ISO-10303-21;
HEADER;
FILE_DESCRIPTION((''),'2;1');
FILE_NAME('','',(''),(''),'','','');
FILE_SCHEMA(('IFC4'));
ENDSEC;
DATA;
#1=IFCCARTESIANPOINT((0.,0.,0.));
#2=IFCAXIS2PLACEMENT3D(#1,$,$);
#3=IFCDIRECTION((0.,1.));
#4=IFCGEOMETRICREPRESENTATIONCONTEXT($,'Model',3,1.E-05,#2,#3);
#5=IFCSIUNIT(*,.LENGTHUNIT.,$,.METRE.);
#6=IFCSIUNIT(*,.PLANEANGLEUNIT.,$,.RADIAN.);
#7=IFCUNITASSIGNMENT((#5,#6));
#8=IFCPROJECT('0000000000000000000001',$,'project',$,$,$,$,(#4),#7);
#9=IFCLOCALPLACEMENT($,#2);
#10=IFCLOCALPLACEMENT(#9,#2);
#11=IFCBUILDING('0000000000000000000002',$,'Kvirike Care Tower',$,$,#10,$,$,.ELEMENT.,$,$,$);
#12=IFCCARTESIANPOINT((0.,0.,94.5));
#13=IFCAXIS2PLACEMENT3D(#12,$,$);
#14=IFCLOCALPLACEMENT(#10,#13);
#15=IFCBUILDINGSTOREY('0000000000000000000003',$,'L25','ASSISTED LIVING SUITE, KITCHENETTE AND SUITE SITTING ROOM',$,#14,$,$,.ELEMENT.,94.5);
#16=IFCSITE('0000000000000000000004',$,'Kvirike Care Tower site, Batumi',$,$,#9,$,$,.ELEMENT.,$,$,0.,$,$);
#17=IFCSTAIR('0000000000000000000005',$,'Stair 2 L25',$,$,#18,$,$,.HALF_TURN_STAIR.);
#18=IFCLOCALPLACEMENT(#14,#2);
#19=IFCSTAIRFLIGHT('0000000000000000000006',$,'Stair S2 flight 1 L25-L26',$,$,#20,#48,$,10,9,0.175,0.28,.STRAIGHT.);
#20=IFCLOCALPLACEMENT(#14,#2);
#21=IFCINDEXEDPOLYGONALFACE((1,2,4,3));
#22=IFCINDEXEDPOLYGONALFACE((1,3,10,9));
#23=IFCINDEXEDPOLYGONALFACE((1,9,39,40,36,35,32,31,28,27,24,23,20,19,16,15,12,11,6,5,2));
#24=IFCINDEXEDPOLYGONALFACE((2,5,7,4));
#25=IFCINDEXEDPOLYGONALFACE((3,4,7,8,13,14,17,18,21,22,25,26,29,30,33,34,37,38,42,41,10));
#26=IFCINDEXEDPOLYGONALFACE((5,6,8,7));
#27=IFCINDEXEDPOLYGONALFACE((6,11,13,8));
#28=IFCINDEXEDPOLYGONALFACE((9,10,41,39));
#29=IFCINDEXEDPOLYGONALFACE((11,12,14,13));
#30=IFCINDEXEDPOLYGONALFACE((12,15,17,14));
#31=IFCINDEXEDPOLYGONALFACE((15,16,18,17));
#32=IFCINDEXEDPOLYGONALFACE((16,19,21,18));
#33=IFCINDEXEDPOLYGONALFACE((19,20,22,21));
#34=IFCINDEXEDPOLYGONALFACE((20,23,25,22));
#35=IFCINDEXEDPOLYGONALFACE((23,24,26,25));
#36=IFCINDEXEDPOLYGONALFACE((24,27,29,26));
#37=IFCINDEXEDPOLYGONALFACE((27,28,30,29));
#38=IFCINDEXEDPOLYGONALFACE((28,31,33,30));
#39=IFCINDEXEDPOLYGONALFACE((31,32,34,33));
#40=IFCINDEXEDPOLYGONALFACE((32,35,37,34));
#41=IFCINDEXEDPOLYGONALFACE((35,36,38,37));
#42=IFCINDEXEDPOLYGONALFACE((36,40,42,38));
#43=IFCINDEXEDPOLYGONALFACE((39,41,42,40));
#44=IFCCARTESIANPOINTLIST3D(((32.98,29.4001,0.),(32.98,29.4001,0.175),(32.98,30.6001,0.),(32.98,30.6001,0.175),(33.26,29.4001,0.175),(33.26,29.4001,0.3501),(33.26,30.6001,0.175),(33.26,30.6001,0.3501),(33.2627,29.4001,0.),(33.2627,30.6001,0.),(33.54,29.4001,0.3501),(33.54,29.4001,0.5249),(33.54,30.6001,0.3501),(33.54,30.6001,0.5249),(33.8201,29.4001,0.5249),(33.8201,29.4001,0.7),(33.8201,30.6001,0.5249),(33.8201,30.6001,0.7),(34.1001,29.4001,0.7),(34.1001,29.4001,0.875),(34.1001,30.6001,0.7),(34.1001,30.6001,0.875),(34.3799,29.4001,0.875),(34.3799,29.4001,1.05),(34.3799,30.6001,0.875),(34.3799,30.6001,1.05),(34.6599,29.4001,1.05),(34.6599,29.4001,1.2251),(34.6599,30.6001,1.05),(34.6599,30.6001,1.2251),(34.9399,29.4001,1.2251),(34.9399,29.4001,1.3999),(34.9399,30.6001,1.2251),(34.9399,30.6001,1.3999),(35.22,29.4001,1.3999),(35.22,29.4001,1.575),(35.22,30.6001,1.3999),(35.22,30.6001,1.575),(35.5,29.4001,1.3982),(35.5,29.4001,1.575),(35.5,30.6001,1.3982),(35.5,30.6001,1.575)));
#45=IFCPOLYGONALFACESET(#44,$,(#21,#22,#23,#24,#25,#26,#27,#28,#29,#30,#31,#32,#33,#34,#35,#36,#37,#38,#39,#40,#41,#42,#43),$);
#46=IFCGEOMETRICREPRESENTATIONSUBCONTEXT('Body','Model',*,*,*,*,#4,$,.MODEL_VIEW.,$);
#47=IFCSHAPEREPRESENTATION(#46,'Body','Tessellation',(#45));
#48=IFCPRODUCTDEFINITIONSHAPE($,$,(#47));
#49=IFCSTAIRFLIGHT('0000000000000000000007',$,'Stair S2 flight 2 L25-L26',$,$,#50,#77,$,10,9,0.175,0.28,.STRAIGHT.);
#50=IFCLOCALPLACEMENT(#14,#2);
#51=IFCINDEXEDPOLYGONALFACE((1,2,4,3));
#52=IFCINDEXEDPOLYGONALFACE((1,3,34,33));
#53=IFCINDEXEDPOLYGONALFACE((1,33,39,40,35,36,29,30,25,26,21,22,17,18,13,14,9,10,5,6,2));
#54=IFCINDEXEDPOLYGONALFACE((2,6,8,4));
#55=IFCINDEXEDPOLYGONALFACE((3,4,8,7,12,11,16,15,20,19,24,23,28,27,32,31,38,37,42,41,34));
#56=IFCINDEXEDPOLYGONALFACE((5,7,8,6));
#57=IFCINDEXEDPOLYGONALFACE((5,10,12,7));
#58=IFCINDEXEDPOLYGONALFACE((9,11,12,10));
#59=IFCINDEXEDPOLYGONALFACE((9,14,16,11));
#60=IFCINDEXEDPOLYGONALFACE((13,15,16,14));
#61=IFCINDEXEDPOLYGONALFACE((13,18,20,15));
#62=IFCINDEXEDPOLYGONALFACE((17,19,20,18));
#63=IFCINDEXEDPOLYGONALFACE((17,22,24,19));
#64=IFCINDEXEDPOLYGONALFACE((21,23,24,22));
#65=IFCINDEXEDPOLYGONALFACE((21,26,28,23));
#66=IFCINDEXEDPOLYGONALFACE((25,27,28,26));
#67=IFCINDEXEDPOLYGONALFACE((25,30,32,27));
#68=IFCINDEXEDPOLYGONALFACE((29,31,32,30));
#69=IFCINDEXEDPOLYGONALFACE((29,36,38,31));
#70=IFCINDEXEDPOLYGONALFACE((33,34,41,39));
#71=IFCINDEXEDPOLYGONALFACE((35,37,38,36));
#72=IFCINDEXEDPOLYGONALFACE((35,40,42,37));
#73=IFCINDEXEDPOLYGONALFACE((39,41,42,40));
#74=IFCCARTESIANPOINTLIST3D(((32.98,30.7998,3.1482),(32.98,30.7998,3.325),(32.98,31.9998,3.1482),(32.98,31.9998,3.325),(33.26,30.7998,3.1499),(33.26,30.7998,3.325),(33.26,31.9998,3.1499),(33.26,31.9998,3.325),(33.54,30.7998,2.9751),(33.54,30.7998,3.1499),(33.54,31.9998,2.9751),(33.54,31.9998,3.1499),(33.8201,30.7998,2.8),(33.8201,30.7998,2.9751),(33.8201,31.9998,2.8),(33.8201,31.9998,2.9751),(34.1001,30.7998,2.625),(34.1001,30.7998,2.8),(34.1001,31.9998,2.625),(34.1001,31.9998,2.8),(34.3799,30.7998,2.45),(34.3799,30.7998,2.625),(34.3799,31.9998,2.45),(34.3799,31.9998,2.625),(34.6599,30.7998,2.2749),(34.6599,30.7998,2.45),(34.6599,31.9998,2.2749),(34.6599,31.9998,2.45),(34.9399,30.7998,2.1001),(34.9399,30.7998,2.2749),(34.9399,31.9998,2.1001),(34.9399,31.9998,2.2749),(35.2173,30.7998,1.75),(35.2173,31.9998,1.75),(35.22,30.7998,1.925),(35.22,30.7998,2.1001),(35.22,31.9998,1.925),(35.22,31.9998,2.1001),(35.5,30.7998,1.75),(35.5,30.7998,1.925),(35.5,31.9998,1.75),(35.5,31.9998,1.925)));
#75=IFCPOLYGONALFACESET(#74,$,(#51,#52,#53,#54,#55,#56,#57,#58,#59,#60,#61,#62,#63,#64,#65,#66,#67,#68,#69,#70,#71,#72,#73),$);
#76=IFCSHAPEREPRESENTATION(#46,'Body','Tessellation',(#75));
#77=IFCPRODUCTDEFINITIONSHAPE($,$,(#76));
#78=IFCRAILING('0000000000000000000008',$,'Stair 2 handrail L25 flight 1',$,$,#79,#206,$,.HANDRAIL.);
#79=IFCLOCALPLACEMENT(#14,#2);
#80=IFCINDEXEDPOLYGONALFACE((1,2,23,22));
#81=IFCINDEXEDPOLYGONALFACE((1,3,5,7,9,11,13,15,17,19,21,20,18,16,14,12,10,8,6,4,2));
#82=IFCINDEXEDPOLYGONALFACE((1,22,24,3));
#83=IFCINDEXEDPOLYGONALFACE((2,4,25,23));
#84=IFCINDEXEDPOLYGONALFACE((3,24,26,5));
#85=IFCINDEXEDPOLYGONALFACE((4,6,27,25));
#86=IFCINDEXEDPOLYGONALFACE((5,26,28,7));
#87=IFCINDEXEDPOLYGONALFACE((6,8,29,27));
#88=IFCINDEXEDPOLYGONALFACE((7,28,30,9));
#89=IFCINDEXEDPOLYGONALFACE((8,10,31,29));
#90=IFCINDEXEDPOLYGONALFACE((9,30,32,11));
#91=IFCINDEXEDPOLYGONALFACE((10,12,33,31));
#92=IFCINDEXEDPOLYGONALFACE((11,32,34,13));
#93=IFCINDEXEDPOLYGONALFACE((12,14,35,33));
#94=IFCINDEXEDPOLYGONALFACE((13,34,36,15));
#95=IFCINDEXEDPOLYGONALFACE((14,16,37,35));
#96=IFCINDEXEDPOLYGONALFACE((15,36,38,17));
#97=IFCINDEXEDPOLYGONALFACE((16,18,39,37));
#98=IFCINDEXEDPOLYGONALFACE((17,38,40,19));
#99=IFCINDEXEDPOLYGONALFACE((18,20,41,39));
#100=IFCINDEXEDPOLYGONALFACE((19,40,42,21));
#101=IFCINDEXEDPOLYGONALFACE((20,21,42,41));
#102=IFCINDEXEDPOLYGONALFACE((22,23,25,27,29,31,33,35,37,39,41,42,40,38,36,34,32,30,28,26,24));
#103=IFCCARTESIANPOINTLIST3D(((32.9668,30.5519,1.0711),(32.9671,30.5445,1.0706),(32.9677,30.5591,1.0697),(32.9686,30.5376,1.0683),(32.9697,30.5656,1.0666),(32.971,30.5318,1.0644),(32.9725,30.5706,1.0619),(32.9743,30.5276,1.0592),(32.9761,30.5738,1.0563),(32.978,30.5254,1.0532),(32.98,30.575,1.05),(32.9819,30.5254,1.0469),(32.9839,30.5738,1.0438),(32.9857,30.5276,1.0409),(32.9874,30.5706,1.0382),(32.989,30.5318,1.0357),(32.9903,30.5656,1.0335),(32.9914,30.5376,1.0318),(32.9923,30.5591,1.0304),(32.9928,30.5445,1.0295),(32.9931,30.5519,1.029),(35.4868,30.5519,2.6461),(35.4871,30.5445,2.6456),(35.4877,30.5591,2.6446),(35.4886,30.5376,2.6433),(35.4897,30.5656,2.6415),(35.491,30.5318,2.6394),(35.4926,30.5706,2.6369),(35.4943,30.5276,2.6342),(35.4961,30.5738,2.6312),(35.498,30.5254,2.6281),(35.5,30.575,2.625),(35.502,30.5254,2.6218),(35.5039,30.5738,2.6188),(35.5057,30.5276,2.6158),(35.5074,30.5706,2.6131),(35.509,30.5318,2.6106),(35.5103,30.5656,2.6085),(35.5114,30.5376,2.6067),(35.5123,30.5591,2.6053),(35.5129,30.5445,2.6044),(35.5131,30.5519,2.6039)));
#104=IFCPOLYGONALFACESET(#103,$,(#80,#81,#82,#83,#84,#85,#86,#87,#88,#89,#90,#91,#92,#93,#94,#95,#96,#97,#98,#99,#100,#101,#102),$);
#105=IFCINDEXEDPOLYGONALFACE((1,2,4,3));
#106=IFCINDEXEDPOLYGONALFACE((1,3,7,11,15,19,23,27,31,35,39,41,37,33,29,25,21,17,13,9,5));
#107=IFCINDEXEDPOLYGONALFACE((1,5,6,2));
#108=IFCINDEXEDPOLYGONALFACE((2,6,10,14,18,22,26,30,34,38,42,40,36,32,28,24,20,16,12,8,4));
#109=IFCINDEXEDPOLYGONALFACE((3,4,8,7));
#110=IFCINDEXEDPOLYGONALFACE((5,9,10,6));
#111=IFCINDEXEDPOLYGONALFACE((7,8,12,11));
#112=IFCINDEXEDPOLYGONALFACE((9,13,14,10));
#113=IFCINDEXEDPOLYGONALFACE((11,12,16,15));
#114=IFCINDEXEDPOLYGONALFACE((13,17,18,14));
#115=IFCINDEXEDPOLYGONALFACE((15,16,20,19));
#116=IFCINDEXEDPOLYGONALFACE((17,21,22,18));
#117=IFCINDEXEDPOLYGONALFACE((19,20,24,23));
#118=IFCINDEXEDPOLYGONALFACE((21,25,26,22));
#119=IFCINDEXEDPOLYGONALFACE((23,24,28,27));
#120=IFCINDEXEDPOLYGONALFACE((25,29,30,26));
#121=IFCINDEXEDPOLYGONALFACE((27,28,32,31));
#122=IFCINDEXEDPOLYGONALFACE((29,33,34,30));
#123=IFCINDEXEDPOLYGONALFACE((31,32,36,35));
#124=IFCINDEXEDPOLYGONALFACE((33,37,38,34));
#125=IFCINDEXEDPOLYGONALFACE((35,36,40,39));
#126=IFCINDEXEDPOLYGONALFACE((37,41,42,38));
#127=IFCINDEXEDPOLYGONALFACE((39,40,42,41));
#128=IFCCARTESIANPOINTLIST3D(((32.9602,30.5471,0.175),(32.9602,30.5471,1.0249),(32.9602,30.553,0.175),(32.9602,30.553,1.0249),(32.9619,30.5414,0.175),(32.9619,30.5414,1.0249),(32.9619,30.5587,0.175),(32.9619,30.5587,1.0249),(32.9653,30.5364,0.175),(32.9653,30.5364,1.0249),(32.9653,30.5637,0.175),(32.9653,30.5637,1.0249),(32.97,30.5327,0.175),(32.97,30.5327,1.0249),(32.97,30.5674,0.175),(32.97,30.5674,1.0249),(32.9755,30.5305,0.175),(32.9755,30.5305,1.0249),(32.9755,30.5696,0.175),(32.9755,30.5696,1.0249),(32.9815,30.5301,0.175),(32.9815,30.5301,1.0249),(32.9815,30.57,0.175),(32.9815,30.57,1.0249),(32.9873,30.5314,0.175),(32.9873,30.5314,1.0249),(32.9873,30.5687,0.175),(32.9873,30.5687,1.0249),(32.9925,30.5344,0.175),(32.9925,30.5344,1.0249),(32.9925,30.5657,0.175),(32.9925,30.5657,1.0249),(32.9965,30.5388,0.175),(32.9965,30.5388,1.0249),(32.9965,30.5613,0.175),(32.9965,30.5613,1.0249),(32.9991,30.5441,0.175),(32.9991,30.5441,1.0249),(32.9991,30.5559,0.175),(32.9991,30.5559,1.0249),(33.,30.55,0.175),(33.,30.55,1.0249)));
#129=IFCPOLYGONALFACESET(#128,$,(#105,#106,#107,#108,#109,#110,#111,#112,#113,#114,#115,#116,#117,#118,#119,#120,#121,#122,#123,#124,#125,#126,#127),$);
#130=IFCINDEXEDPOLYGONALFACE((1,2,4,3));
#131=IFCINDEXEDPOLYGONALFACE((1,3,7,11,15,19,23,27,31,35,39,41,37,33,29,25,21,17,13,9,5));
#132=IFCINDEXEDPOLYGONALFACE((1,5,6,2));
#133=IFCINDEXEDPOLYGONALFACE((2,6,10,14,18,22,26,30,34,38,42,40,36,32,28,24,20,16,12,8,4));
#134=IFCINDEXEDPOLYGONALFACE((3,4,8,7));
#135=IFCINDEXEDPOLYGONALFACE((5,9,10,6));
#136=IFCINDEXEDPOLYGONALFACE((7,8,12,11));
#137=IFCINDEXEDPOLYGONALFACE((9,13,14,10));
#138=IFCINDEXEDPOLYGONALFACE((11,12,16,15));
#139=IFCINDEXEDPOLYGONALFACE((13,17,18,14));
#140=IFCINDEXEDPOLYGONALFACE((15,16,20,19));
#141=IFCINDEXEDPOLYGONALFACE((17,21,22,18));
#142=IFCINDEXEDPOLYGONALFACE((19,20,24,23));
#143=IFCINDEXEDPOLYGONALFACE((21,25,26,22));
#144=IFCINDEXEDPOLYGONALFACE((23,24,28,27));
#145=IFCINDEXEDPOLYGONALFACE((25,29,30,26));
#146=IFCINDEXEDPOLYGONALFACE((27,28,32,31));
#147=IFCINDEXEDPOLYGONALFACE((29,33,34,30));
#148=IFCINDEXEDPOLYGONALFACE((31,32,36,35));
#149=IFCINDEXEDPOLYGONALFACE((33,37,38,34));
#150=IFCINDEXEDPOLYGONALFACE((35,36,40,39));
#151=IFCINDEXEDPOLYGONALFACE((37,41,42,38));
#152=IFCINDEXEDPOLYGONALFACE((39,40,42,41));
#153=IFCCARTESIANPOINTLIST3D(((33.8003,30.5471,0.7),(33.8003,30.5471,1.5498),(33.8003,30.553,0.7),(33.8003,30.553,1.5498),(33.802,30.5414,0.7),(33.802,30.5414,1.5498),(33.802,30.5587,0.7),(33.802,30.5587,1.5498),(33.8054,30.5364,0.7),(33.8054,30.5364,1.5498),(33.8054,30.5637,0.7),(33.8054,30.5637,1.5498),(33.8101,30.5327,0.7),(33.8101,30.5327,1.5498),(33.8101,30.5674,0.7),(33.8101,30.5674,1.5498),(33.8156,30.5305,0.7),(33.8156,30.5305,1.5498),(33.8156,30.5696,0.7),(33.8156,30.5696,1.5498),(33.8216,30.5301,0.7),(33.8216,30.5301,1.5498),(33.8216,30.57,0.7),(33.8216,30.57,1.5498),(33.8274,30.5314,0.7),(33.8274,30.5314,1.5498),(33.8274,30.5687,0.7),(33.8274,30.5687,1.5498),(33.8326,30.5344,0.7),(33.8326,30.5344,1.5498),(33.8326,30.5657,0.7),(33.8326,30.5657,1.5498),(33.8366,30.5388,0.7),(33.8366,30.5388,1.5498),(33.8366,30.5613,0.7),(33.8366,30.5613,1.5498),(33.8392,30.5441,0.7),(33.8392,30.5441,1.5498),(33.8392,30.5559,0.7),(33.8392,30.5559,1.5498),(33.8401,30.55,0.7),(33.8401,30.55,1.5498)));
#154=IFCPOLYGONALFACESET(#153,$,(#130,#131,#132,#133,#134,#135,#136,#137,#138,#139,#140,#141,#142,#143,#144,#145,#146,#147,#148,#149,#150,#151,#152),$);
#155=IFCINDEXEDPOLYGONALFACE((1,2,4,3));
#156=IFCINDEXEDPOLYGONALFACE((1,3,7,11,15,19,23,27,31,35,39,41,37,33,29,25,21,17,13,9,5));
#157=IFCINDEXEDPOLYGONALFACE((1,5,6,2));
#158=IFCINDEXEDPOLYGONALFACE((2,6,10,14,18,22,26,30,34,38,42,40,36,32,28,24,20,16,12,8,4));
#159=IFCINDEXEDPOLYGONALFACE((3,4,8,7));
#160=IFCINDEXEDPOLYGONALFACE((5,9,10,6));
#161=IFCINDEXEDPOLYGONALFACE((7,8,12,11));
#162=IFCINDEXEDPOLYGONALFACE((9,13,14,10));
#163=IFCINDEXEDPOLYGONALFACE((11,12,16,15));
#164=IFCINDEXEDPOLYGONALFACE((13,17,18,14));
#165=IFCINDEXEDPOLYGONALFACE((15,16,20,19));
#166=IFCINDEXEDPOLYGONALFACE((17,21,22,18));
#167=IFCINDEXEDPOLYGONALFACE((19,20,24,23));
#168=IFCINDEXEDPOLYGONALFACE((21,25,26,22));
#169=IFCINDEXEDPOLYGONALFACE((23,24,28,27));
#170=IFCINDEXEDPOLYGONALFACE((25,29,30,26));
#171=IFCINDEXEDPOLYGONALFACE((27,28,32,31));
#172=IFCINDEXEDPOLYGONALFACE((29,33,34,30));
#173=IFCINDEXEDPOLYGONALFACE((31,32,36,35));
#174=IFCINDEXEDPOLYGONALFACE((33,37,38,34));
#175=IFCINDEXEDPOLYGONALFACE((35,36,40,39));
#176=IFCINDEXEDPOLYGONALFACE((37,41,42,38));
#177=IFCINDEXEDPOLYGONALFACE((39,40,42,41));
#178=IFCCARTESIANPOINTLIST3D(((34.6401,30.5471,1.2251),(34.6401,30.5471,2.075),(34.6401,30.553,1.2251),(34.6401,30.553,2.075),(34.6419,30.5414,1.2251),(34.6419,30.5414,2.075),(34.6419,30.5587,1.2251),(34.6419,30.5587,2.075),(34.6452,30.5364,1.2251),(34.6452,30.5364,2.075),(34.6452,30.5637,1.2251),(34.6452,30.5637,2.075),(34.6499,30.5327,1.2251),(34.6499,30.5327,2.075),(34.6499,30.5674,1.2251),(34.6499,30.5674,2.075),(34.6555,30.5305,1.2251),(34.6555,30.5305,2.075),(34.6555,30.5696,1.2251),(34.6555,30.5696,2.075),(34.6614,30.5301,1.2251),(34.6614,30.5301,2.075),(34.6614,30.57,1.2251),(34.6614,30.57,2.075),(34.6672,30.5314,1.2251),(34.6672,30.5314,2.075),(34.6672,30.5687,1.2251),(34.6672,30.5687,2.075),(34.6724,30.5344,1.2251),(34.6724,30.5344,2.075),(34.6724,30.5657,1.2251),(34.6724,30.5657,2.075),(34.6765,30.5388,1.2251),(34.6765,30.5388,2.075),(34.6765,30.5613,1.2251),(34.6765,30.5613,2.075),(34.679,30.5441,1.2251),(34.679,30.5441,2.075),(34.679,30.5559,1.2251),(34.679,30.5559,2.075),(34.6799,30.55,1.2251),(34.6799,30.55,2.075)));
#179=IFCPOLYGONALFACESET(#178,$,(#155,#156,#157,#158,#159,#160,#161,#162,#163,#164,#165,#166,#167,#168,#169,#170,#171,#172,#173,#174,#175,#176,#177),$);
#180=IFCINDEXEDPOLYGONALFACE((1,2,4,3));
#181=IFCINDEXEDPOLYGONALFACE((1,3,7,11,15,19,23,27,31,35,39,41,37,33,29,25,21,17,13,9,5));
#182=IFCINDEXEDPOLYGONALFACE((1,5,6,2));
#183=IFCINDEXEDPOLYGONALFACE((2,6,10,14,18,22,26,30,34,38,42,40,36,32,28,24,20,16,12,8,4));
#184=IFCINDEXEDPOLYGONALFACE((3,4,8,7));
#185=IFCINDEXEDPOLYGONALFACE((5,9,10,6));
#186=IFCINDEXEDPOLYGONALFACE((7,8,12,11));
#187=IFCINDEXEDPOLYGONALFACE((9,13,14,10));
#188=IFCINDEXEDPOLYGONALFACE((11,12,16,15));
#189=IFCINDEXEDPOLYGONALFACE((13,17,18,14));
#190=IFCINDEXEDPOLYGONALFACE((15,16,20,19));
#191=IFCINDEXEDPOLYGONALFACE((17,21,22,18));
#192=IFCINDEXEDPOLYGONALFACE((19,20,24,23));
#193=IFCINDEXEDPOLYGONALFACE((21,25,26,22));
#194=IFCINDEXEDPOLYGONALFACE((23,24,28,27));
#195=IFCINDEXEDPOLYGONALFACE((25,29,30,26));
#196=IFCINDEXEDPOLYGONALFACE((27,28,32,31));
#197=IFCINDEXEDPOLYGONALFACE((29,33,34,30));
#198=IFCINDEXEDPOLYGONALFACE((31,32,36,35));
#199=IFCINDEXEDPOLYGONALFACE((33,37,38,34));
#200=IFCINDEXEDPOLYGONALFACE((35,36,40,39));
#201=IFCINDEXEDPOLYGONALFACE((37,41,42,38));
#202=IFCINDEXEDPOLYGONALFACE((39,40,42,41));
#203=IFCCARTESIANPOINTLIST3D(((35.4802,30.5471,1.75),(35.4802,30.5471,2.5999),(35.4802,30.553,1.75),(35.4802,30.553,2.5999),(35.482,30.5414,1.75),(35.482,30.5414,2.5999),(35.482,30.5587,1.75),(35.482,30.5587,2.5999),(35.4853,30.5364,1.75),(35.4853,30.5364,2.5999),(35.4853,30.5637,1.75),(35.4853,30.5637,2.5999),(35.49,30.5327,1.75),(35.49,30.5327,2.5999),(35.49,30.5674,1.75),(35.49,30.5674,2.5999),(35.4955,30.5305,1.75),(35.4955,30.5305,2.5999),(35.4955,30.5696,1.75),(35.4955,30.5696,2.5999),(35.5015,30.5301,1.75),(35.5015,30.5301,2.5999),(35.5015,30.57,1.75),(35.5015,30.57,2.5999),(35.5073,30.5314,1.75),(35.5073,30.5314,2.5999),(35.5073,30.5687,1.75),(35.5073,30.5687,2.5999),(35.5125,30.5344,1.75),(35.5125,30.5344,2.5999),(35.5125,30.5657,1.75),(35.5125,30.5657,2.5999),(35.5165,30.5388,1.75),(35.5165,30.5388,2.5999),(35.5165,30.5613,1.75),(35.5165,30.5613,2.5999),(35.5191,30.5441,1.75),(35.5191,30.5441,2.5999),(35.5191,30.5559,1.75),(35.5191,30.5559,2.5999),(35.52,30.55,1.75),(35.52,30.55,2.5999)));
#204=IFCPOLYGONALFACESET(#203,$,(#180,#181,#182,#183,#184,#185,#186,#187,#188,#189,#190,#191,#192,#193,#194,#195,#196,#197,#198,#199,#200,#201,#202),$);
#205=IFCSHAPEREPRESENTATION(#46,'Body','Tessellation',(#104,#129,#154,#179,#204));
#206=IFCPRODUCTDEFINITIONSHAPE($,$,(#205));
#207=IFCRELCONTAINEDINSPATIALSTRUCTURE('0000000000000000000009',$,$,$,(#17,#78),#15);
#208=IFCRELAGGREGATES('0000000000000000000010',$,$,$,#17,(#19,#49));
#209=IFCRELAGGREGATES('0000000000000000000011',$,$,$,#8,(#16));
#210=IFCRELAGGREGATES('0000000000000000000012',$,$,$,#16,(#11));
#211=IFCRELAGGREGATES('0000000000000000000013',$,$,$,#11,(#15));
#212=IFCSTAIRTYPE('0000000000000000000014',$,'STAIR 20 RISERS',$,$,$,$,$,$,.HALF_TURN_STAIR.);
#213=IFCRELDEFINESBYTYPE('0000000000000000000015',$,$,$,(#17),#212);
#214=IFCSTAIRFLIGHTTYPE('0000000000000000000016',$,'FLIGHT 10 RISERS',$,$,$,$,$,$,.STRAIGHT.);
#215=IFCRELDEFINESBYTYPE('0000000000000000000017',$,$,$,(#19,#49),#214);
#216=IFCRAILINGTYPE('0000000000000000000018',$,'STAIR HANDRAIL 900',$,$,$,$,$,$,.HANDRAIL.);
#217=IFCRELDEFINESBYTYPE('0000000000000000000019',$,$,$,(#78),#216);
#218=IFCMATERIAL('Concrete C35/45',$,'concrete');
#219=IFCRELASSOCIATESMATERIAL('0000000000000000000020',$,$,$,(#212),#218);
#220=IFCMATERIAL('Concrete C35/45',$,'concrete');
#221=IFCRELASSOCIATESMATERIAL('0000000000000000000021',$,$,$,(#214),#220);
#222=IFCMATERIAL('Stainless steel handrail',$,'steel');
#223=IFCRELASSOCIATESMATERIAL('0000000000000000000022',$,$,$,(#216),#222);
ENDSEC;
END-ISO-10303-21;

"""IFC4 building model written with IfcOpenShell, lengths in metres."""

from ifc_helpers import new_model, si_unit, direction, frame, origin, origin_2d, place, context, subcontext, project, spatial, polyline, circle, outline, extrude, material, type_object, element, aggregate, save


model = new_model("IFC4")

# Units and contexts
model_context = context("Model", 3, precision=1e-05, world=origin(), true_north=direction((0.0, 1.0)))
body_context = subcontext(model_context, "Body", "Model", "MODEL_VIEW")
ifc_project = project(units=[si_unit("LENGTHUNIT", "METRE"), si_unit("PLANEANGLEUNIT", "RADIAN")], contexts=[model_context])

# Site, building, storey
site_placement = place(None, origin())
site = spatial("IfcSite", under=ifc_project, at=site_placement, Name="Kvirike Care Tower site, Batumi", CompositionType="ELEMENT", RefElevation=0.0)
building_placement = place(site_placement, origin())
building = spatial("IfcBuilding", under=site, at=building_placement, Name="Kvirike Care Tower", CompositionType="ELEMENT")
storey_placement = place(building_placement, frame((0.0, 0.0, 94.5)))
storey = spatial("IfcBuildingStorey", under=building, at=storey_placement, Name="L25", Description="ASSISTED LIVING SUITE, KITCHENETTE AND SUITE SITTING ROOM", CompositionType="ELEMENT", Elevation=94.5)

# Stair, stair flights
ifc_material_1 = material(Name="Concrete C35/45", Category="concrete")
stair_type = type_object("IfcStairType", Name="STAIR 20 RISERS", PredefinedType="HALF_TURN_STAIR", material=ifc_material_1)
stair_placement = place(storey_placement, origin())
stair = element("IfcStair", 1, at=stair_placement, inside=storey, type_object=stair_type, Name="Stair 2 L25", PredefinedType="HALF_TURN_STAIR")
ifc_material_2 = material(Name="Concrete C35/45", Category="concrete")
stair_flight_type = type_object("IfcStairFlightType", Name="FLIGHT 10 RISERS", PredefinedType="STRAIGHT", material=ifc_material_2)
stair_flight_1_placement = place(storey_placement, frame((32.98, 30.0, 0.0), z_axis=(0.0, 0.0, 1.0), x_axis=(1.0, 0.0, 0.0)))
stair_flight_1 = element("IfcStairFlight", 2, at=stair_flight_1_placement, type_object=stair_flight_type, Name="Stair S2 flight 1 L25-L26", NumberOfRisers=10, NumberOfTreads=9, PredefinedType="STRAIGHT", RiserHeight=0.175, TreadLength=0.28, context=body_context, shape_type="SweptSolid", body=[
    extrude(outline(polyline([(0.0, 0.0), (0.0, 0.175), (0.28, 0.175), (0.28, 0.3501), (0.5601, 0.3501), (0.5601, 0.5249), (0.8401, 0.5249), (0.8401, 0.7), (1.1201, 0.7), (1.1201, 0.875), (1.3999, 0.875), (1.3999, 1.05), (1.6799, 1.05), (1.6799, 1.2251), (1.96, 1.2251), (1.96, 1.3999), (2.24, 1.3999), (2.24, 1.575), (2.52, 1.575), (2.52, 1.75), (2.52, 1.3982), (0.2827, 0.0), (0.0, 0.0)])), frame((0.0, 0.6001, 0.0), z_axis=(0.0, -1.0, 0.0), x_axis=(1.0, 0.0, 0.0)), (0.0, 0.0, 1.0), 1.2),
])
stair_flight_2_placement = place(storey_placement, frame((35.5, 31.3999, 1.75), z_axis=(0.0, 0.0, 1.0), x_axis=(-1.0, 0.0, 0.0)))
stair_flight_2 = element("IfcStairFlight", 3, at=stair_flight_2_placement, type_object=stair_flight_type, Name="Stair S2 flight 2 L25-L26", NumberOfRisers=10, NumberOfTreads=9, PredefinedType="STRAIGHT", RiserHeight=0.175, TreadLength=0.28, context=body_context, shape_type="SweptSolid", body=[
    extrude(outline(polyline([(0.0, 0.0), (0.0, 0.175), (0.28, 0.175), (0.28, 0.3501), (0.5601, 0.3501), (0.5601, 0.5249), (0.8401, 0.5249), (0.8401, 0.7), (1.1201, 0.7), (1.1201, 0.875), (1.3999, 0.875), (1.3999, 1.05), (1.6799, 1.05), (1.6799, 1.2251), (1.96, 1.2251), (1.96, 1.3999), (2.24, 1.3999), (2.24, 1.575), (2.52, 1.575), (2.52, 1.75), (2.52, 1.3982), (0.2827, 0.0), (0.0, 0.0)])), frame((0.0, 0.6001, 0.0), z_axis=(0.0, -1.0, 0.0), x_axis=(1.0, 0.0, 0.0)), (0.0, 0.0, 1.0), 1.2),
])
aggregate(stair, [stair_flight_1, stair_flight_2])

# Railing
ifc_material_3 = material(Name="Stainless steel handrail", Category="steel")
railing_type = type_object("IfcRailingType", Name="STAIR HANDRAIL 900", PredefinedType="HANDRAIL", material=ifc_material_3)
railing_1_placement = place(storey_placement, frame((32.98, 30.55, 0.175)))
element("IfcRailing", 4, at=railing_1_placement, inside=storey, type_object=railing_type, Name="Stair 2 handrail L25 flight 1", PredefinedType="HANDRAIL", context=body_context, shape_type="SweptSolid", body=[
    extrude(circle(Radius=0.0249, at=origin_2d()), frame((0.0, 0.0, 0.875), z_axis=(0.848008, 0.0, 0.529984), x_axis=(0.0, 1.0, 0.0)), (0.0, 0.0, 1.0), 2.9717),
    extrude(circle(Radius=0.02, at=origin_2d()), origin(), (0.0, 0.0, 1.0), 0.8499),
    extrude(circle(Radius=0.02, at=origin_2d()), frame((0.8401, 0.0, 0.5249)), (0.0, 0.0, 1.0), 0.8499),
    extrude(circle(Radius=0.02, at=origin_2d()), frame((1.6799, 0.0, 1.05)), (0.0, 0.0, 1.0), 0.8499),
    extrude(circle(Radius=0.02, at=origin_2d()), frame((2.52, 0.0, 1.575)), (0.0, 0.0, 1.0), 0.8499),
])

save(model, "model.ifc")
